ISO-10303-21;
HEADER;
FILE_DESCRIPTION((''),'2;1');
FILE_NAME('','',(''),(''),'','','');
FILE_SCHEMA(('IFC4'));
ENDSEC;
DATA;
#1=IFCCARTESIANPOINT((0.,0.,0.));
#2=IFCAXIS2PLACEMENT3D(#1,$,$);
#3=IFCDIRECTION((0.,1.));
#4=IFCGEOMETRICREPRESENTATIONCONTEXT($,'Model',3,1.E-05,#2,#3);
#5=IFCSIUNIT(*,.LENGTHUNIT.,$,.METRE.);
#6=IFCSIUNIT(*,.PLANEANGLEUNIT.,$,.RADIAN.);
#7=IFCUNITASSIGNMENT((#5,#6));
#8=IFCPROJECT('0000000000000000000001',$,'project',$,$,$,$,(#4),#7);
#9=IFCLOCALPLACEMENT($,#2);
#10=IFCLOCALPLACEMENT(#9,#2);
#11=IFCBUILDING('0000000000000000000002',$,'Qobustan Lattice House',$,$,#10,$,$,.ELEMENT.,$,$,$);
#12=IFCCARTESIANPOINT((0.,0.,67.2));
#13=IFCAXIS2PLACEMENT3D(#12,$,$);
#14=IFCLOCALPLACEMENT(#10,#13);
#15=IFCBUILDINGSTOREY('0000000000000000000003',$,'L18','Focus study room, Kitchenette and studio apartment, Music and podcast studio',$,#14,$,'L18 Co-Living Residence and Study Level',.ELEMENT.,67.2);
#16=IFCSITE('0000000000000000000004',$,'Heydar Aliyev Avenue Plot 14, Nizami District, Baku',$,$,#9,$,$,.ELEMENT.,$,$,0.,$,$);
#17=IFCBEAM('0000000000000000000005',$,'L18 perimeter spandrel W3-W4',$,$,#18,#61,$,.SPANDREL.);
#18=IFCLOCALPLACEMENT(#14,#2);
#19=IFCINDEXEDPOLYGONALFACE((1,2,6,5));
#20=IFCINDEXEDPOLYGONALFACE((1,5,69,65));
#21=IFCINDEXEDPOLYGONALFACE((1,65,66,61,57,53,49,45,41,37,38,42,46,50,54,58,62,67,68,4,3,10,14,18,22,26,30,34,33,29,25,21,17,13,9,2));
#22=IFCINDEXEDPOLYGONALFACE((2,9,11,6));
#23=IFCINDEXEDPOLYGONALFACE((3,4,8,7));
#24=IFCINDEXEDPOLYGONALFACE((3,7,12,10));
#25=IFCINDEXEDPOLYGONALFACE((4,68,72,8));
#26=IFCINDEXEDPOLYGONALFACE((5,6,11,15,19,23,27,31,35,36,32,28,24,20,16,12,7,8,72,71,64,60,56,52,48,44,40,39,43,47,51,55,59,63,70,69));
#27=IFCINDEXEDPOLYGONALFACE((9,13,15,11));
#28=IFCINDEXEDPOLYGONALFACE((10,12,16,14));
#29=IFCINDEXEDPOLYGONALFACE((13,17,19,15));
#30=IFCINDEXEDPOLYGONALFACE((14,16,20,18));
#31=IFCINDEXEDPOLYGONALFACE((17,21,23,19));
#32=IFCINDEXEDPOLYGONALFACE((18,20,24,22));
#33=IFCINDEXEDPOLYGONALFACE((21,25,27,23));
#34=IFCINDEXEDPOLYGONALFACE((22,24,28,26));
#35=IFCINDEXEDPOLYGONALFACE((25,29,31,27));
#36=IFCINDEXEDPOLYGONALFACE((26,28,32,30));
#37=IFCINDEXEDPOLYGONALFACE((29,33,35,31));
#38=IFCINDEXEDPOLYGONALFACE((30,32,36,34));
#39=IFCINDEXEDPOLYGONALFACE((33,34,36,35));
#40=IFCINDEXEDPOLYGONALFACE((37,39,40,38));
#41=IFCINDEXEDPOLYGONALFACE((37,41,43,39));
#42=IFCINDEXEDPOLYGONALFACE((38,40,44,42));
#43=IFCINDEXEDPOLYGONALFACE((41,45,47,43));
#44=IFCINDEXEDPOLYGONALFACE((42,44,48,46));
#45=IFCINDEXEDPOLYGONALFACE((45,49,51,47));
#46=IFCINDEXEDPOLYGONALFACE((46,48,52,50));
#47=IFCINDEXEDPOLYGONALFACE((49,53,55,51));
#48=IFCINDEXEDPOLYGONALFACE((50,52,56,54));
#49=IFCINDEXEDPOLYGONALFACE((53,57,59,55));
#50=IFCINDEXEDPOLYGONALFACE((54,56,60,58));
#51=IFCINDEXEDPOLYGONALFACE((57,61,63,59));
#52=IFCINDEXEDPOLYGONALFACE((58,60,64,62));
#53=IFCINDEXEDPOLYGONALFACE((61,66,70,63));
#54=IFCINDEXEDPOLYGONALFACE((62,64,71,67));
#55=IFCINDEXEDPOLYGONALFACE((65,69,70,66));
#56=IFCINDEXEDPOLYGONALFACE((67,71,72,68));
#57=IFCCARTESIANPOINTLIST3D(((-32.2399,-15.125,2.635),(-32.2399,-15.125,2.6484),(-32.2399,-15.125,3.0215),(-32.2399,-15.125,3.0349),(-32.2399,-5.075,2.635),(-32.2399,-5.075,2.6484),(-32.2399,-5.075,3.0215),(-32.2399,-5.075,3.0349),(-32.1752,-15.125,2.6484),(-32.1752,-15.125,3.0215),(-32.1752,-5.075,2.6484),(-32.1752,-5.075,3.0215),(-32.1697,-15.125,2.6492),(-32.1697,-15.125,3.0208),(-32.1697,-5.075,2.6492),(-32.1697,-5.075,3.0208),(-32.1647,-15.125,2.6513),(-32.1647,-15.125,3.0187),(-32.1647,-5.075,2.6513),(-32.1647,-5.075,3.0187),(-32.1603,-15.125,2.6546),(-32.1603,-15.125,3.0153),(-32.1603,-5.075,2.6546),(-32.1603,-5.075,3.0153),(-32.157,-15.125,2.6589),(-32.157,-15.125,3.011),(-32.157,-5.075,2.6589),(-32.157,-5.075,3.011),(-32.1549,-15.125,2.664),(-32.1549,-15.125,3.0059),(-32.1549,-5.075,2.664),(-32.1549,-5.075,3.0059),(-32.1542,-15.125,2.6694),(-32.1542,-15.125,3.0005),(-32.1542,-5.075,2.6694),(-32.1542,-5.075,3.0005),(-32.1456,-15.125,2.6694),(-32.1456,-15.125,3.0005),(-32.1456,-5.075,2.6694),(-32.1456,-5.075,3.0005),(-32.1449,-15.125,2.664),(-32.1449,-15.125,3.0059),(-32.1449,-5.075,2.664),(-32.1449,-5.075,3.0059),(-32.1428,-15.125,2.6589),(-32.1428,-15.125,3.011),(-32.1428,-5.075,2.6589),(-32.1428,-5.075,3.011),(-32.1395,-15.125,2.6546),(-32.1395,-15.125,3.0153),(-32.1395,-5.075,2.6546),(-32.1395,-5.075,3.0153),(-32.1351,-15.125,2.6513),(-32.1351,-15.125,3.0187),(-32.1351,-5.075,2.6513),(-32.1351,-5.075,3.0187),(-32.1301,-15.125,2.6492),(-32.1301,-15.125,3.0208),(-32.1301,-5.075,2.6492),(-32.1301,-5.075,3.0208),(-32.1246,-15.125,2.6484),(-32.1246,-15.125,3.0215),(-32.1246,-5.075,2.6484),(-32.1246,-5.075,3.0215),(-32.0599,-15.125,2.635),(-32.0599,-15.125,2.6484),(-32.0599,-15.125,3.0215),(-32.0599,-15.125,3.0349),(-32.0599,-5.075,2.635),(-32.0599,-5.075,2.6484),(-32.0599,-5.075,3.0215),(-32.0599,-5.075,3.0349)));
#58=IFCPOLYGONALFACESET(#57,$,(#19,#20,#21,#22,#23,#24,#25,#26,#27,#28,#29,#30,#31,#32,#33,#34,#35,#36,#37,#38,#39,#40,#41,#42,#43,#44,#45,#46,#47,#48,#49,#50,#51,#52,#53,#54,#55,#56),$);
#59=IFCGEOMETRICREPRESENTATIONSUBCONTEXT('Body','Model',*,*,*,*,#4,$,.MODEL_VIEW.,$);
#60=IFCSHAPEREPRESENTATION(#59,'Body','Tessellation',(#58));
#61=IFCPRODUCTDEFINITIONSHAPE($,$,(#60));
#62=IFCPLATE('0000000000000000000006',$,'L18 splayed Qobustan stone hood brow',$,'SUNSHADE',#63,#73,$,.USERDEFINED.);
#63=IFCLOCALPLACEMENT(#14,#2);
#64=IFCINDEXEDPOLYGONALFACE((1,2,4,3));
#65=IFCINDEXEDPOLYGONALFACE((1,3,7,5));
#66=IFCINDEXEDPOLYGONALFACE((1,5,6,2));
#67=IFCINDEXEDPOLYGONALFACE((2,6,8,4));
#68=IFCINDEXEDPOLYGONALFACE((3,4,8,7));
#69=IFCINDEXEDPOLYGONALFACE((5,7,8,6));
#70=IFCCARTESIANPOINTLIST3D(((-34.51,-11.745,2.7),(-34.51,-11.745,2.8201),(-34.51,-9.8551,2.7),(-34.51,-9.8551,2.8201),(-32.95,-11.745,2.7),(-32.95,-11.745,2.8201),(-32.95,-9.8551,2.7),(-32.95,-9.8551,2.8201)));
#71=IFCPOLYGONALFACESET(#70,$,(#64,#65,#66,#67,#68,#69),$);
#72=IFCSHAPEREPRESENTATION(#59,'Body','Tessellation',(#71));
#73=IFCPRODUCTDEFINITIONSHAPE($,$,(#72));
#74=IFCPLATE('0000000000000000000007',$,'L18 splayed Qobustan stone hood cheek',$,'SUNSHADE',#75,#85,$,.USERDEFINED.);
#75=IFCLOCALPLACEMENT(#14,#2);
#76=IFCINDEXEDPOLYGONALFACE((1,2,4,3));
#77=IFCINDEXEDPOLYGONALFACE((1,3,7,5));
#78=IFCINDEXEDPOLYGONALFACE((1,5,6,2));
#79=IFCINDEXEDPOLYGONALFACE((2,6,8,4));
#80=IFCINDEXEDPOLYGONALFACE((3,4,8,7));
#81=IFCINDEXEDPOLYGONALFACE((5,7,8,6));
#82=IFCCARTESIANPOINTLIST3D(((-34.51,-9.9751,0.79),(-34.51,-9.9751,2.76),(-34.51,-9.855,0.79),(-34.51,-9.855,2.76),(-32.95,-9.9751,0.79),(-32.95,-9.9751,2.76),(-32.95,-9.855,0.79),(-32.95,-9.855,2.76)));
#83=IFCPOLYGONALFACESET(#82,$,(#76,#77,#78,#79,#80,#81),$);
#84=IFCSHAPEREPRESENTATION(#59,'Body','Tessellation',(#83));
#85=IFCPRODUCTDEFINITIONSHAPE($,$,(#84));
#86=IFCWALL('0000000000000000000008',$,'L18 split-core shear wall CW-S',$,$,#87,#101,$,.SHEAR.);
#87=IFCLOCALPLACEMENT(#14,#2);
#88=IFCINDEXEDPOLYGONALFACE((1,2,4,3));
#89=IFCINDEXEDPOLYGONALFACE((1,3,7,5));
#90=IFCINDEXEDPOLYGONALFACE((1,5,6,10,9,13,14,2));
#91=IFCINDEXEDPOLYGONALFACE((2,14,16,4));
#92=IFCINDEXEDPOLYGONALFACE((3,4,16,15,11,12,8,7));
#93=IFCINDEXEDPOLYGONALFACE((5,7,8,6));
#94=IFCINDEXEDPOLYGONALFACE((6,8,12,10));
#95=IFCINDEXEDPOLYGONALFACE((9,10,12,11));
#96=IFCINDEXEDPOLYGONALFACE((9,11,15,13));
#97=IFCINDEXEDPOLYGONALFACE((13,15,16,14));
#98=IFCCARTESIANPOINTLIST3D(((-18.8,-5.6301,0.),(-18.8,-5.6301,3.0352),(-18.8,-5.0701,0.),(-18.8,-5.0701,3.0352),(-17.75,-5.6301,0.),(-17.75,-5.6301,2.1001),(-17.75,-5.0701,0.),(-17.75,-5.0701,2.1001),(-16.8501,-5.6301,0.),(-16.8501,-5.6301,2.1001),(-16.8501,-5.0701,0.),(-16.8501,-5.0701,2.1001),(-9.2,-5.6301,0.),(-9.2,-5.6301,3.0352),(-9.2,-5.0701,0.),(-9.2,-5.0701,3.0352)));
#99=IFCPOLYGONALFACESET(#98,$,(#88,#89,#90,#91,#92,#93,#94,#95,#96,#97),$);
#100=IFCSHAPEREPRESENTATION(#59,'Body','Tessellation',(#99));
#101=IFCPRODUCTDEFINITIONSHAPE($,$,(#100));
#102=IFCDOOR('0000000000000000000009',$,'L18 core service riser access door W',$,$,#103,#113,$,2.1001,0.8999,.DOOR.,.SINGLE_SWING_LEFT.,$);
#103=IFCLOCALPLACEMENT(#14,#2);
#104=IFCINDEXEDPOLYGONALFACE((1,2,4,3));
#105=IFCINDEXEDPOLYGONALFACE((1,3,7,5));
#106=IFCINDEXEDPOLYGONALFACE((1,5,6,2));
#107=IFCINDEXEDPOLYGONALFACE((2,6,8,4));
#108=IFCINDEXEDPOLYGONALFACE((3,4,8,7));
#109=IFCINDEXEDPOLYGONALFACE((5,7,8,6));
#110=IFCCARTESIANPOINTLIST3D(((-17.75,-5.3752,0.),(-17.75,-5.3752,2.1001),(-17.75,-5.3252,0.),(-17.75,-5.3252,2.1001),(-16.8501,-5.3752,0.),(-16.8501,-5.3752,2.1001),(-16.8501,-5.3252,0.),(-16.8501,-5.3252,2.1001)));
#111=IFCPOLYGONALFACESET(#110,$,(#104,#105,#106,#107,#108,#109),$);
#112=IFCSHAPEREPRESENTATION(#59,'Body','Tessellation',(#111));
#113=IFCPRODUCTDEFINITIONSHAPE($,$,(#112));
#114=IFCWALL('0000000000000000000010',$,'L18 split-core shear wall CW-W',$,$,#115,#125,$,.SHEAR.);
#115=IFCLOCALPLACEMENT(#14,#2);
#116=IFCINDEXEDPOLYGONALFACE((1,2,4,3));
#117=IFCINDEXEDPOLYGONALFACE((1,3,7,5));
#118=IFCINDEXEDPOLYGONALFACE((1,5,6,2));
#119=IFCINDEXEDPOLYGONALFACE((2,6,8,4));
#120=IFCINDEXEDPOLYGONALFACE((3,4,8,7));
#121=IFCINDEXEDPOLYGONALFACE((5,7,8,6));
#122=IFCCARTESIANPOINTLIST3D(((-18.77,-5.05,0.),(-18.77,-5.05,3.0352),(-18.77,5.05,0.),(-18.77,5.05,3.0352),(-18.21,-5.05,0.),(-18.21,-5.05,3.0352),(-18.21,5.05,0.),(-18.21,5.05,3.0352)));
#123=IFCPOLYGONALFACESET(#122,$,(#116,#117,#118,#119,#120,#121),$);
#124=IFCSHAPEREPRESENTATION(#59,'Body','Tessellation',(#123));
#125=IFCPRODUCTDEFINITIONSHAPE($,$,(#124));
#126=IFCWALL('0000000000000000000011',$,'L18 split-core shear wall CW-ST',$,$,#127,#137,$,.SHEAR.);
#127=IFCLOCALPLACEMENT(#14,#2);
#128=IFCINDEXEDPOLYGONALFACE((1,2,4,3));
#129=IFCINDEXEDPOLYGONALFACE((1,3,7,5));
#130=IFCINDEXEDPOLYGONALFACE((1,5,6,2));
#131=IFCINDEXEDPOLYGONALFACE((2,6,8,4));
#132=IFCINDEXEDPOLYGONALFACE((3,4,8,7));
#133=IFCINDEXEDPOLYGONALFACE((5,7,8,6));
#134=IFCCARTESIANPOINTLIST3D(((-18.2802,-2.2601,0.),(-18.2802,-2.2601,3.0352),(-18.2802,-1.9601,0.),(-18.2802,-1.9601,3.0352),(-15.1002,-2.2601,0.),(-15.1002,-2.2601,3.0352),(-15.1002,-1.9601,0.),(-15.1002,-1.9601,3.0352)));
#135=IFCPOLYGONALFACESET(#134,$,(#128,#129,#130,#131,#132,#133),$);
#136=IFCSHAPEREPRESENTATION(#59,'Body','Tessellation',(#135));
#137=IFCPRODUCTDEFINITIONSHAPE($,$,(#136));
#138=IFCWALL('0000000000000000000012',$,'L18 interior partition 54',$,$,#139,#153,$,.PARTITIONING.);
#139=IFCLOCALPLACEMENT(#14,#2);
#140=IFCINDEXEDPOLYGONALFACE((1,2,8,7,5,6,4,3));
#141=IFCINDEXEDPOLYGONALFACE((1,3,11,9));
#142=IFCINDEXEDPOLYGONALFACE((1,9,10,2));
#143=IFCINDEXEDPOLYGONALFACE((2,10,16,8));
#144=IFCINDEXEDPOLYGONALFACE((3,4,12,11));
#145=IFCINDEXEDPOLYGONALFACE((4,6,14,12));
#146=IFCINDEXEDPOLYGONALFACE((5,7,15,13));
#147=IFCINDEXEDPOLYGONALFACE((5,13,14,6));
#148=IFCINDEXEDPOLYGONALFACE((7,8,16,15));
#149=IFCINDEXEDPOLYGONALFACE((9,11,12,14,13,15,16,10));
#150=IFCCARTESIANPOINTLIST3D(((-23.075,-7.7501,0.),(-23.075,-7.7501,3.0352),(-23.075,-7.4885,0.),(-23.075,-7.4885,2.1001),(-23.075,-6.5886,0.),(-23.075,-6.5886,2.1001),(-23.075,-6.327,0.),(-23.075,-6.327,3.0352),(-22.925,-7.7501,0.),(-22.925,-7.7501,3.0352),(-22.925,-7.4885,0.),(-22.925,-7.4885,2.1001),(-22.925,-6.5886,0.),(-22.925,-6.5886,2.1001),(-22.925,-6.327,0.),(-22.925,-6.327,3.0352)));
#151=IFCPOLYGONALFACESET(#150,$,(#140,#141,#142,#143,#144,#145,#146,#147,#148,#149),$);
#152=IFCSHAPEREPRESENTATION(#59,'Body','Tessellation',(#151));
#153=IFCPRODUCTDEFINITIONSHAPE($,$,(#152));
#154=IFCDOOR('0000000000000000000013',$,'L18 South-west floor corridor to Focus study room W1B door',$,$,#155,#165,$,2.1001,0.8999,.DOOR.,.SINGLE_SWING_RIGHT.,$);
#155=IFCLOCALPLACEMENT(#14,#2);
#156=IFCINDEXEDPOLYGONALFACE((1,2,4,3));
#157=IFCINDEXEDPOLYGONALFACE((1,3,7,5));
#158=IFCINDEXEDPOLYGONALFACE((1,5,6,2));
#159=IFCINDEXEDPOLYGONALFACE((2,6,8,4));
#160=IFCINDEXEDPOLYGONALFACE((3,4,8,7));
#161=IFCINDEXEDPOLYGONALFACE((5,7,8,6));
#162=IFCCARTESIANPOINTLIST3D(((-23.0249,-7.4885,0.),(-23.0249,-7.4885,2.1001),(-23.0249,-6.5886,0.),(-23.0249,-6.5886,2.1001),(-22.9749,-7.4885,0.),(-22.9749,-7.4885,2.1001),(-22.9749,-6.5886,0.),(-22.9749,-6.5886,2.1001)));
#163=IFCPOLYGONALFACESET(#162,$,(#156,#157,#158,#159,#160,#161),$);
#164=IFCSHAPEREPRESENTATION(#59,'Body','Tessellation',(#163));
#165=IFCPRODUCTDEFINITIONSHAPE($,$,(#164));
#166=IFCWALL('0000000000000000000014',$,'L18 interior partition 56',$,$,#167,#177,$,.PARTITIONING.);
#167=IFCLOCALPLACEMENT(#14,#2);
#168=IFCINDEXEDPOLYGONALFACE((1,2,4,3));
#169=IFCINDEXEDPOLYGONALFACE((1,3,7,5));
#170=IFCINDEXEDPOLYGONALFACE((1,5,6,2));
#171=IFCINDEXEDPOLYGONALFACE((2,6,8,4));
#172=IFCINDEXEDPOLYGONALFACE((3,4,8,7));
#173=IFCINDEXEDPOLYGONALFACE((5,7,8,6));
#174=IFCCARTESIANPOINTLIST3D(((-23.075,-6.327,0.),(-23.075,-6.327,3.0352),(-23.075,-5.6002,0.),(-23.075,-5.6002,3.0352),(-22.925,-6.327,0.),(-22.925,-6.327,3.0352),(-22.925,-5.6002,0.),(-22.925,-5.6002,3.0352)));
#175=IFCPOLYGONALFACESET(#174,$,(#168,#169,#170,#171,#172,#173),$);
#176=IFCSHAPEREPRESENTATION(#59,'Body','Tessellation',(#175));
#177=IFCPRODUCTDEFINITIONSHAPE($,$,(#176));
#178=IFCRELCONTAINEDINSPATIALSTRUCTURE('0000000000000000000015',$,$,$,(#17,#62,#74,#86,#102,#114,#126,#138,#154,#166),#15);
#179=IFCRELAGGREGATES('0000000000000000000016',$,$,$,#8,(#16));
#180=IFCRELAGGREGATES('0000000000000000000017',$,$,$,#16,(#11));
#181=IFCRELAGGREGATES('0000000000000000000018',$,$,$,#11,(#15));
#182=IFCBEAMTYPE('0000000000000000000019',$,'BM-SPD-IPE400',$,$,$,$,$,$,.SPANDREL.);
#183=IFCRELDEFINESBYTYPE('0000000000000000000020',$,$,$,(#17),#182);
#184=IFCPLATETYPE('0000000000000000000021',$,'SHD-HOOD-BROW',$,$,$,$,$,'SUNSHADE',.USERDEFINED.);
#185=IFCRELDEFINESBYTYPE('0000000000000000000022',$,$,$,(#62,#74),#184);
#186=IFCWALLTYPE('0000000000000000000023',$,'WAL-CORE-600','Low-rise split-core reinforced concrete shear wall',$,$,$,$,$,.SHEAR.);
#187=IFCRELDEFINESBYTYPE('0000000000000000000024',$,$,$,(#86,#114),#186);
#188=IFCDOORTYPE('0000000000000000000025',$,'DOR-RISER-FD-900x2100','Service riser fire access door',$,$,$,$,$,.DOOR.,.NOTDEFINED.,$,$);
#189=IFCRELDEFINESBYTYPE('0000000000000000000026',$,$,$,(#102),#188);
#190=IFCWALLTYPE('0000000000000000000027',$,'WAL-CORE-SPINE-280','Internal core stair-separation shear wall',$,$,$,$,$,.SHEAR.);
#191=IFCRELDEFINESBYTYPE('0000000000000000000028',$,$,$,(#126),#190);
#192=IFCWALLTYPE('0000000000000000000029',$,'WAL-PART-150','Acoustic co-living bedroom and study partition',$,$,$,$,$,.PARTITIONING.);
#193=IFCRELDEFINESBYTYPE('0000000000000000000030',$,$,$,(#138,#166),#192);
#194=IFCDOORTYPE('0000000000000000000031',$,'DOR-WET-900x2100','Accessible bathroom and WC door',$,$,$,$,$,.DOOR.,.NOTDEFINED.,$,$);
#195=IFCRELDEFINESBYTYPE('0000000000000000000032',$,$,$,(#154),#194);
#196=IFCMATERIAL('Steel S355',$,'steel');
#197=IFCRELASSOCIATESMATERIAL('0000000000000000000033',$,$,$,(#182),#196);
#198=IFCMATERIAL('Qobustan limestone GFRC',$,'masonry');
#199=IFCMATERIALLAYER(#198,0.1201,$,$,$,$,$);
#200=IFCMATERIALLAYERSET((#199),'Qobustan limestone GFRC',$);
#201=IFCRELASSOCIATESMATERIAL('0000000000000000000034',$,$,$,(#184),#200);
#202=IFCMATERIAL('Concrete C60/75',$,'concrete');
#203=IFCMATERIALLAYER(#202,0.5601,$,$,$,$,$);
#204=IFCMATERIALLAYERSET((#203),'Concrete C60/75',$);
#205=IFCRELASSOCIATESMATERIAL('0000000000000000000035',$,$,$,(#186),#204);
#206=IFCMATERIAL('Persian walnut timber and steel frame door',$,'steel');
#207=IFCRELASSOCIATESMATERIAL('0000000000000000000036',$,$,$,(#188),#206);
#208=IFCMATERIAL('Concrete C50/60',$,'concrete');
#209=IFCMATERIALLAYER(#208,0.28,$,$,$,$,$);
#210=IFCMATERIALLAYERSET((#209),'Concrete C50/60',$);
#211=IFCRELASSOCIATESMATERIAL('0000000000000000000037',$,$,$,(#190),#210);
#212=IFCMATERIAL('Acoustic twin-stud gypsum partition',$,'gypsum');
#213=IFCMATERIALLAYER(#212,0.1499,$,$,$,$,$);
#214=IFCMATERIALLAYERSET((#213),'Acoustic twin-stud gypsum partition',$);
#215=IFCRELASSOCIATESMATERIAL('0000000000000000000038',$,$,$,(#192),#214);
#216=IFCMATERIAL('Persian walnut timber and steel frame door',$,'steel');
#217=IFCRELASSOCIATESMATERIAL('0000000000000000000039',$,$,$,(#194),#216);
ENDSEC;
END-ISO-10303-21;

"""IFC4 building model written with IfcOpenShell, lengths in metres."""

from ifc_helpers import new_model, si_unit, direction, frame, frame_2d, origin, origin_2d, place, context, subcontext, project, spatial, rectangle, i_section, extrude, material, layer, layer_set, material_profile, profile_set, type_object, element, fill, save


model = new_model("IFC4")

# Units and contexts
model_context = context("Model", 3, precision=1e-05, world=origin(), true_north=direction((0.0, 1.0)))
body_context = subcontext(model_context, "Body", "Model", "MODEL_VIEW")
ifc_project = project(units=[si_unit("LENGTHUNIT", "METRE"), si_unit("PLANEANGLEUNIT", "RADIAN")], contexts=[model_context])

# Site, building, storey
site_placement = place(None, origin())
site = spatial("IfcSite", under=ifc_project, at=site_placement, Name="Heydar Aliyev Avenue Plot 14, Nizami District, Baku", CompositionType="ELEMENT", RefElevation=0.0)
building_placement = place(site_placement, origin())
building = spatial("IfcBuilding", under=site, at=building_placement, Name="Qobustan Lattice House", CompositionType="ELEMENT")
storey_placement = place(building_placement, frame((0.0, 0.0, 67.2)))
storey = spatial("IfcBuildingStorey", under=building, at=storey_placement, Name="L18", Description="Focus study room, Kitchenette and studio apartment, Music and podcast studio", LongName="L18 Co-Living Residence and Study Level", CompositionType="ELEMENT", Elevation=67.2)

# Beam
ifc_material_1 = material(Name="Steel S355", Category="steel")
ifc_material_profile_1 = material_profile(ifc_material_1, i_section(OverallWidth=0.1799, OverallDepth=0.3999, WebThickness=0.0085, FlangeThickness=0.0134, FilletRadius=0.021, at=origin_2d()), Name="IPE400")
ifc_profile_set_1 = profile_set([ifc_material_profile_1], Name="Steel S355")
beam_type_1 = type_object("IfcBeamType", Name="BM-SPD-IPE400", PredefinedType="SPANDREL", material=ifc_profile_set_1)
beam_1_placement = place(storey_placement, frame((-32.1499, -5.075, 2.835), z_axis=(0.0, -1.0, 0.0), x_axis=(1.0, 0.0, 0.0)))
element("IfcBeam", 1, at=beam_1_placement, inside=storey, type_object=beam_type_1, Name="L18 perimeter spandrel W3-W4", PredefinedType="SPANDREL", context=body_context, shape_type="SweptSolid", body=[
    extrude(i_section(OverallWidth=0.1799, OverallDepth=0.3999, WebThickness=0.0085, FlangeThickness=0.0134, FilletRadius=0.021, at=origin_2d()), origin(), (0.0, 0.0, 1.0), 10.05),
])

# Plates
ifc_material_2 = material(Name="Qobustan limestone GFRC", Category="masonry")
ifc_layer_1 = layer(ifc_material_2, 0.1201)
ifc_layer_set_1 = layer_set([ifc_layer_1], Name="Qobustan limestone GFRC")
plate_type = type_object("IfcPlateType", Name="SHD-HOOD-BROW", ElementType="SUNSHADE", PredefinedType="USERDEFINED", material=ifc_layer_set_1)
plate_1_placement = place(storey_placement, frame((-33.73, -10.8, 2.7), z_axis=(0.0, 0.0, 1.0), x_axis=(0.0, 1.0, 0.0)))
element("IfcPlate", 2, at=plate_1_placement, inside=storey, type_object=plate_type, Name="L18 splayed Qobustan stone hood brow", ObjectType="SUNSHADE", PredefinedType="USERDEFINED", context=body_context, shape_type="SweptSolid", body=[
    extrude(rectangle(XDim=1.8899, YDim=1.5601, at=origin_2d()), origin(), (0.0, 0.0, 1.0), 0.1201),
])
plate_2_placement = place(storey_placement, frame((-33.73, -9.915, 0.79), z_axis=(0.0, 0.0, 1.0), x_axis=(0.0, 1.0, 0.0)))
element("IfcPlate", 3, at=plate_2_placement, inside=storey, type_object=plate_type, Name="L18 splayed Qobustan stone hood cheek", ObjectType="SUNSHADE", PredefinedType="USERDEFINED", context=body_context, shape_type="SweptSolid", body=[
    extrude(rectangle(XDim=0.1201, YDim=1.5601, at=origin_2d()), origin(), (0.0, 0.0, 1.0), 1.97),
])

# Wall, opening, door
ifc_material_3 = material(Name="Concrete C60/75", Category="concrete")
ifc_layer_2 = layer(ifc_material_3, 0.5601)
ifc_layer_set_2 = layer_set([ifc_layer_2], Name="Concrete C60/75")
wall_type_1 = type_object("IfcWallType", Name="WAL-CORE-600", Description="Low-rise split-core reinforced concrete shear wall", PredefinedType="SHEAR", material=ifc_layer_set_2)
wall_1_placement = place(storey_placement, frame((-18.8, -5.3501, 0.0), z_axis=(0.0, 0.0, 1.0), x_axis=(1.0, 0.0, 0.0)))
wall_1 = element("IfcWall", 4, at=wall_1_placement, inside=storey, type_object=wall_type_1, Name="L18 split-core shear wall CW-S", PredefinedType="SHEAR", context=body_context, shape_type="SweptSolid", body=[
    extrude(rectangle(XDim=9.6001, YDim=0.5601, at=frame_2d((4.8, 0.0))), origin(), (0.0, 0.0, 1.0), 3.0352),
])
opening_1_placement = place(wall_1_placement, frame((1.05, 0.0, 0.0)))
opening_1 = element("IfcOpeningElement", 5, at=opening_1_placement, cuts=wall_1, PredefinedType="OPENING", context=body_context, shape_type="SweptSolid", body=[
    extrude(rectangle(XDim=0.8999, YDim=2.1001, at=frame_2d((0.45, 1.05))), frame((0.0, 0.29, 0.0), z_axis=(0.0, -1.0, 0.0), x_axis=(1.0, 0.0, 0.0)), (0.0, 0.0, 1.0), 0.5801),
])
ifc_material_4 = material(Name="Persian walnut timber and steel frame door", Category="steel")
door_type_1 = type_object("IfcDoorType", Name="DOR-RISER-FD-900x2100", Description="Service riser fire access door", OperationType="NOTDEFINED", PredefinedType="DOOR", material=ifc_material_4)
door_1_placement = place(opening_1_placement, origin())
door_1 = element("IfcDoor", 6, at=door_1_placement, inside=storey, type_object=door_type_1, Name="L18 core service riser access door W", OperationType="SINGLE_SWING_LEFT", OverallHeight=2.1001, OverallWidth=0.8999, PredefinedType="DOOR", context=body_context, shape_type="SweptSolid", body=[
    extrude(rectangle(XDim=0.8999, YDim=2.1001, at=frame_2d((0.45, 1.05))), frame((0.0, 0.0249, 0.0), z_axis=(0.0, -1.0, 0.0), x_axis=(1.0, 0.0, 0.0)), (0.0, 0.0, 1.0), 0.05),
])
fill(opening_1, door_1)

# Walls
wall_2_placement = place(storey_placement, frame((-18.49, -5.05, 0.0), z_axis=(0.0, 0.0, 1.0), x_axis=(0.0, 1.0, 0.0)))
element("IfcWall", 7, at=wall_2_placement, inside=storey, type_object=wall_type_1, Name="L18 split-core shear wall CW-W", PredefinedType="SHEAR", context=body_context, shape_type="SweptSolid", body=[
    extrude(rectangle(XDim=10.1001, YDim=0.5601, at=frame_2d((5.05, 0.0))), origin(), (0.0, 0.0, 1.0), 3.0352),
])
ifc_material_5 = material(Name="Concrete C50/60", Category="concrete")
ifc_layer_3 = layer(ifc_material_5, 0.28)
ifc_layer_set_3 = layer_set([ifc_layer_3], Name="Concrete C50/60")
wall_type_2 = type_object("IfcWallType", Name="WAL-CORE-SPINE-280", Description="Internal core stair-separation shear wall", PredefinedType="SHEAR", material=ifc_layer_set_3)
wall_3_placement = place(storey_placement, frame((-18.28, -2.1101, 0.0), z_axis=(0.0, 0.0, 1.0), x_axis=(1.0, 0.0, 0.0)))
element("IfcWall", 8, at=wall_3_placement, inside=storey, type_object=wall_type_2, Name="L18 split-core shear wall CW-ST", PredefinedType="SHEAR", context=body_context, shape_type="SweptSolid", body=[
    extrude(rectangle(XDim=3.1799, YDim=0.3, at=frame_2d((1.5898, 0.0))), origin(), (0.0, 0.0, 1.0), 3.0352),
])

# Wall, opening, door
ifc_material_6 = material(Name="Acoustic twin-stud gypsum partition", Category="gypsum")
ifc_layer_4 = layer(ifc_material_6, 0.1499)
ifc_layer_set_4 = layer_set([ifc_layer_4], Name="Acoustic twin-stud gypsum partition")
wall_type_3 = type_object("IfcWallType", Name="WAL-PART-150", Description="Acoustic co-living bedroom and study partition", PredefinedType="PARTITIONING", material=ifc_layer_set_4)
wall_4_placement = place(storey_placement, frame((-23.0, -7.75, 0.0), z_axis=(0.0, 0.0, 1.0), x_axis=(0.0, 1.0, 0.0)))
wall_4 = element("IfcWall", 9, at=wall_4_placement, inside=storey, type_object=wall_type_3, Name="L18 interior partition 54", PredefinedType="PARTITIONING", context=body_context, shape_type="SweptSolid", body=[
    extrude(rectangle(XDim=1.4231, YDim=0.1499, at=frame_2d((0.7114, 0.0))), origin(), (0.0, 0.0, 1.0), 3.0352),
])
opening_2_placement = place(wall_4_placement, frame((0.2615, 0.0, 0.0)))
opening_2 = element("IfcOpeningElement", 10, at=opening_2_placement, cuts=wall_4, PredefinedType="OPENING", context=body_context, shape_type="SweptSolid", body=[
    extrude(rectangle(XDim=0.8999, YDim=2.1001, at=frame_2d((0.45, 1.05))), frame((0.0, 0.085, 0.0), z_axis=(0.0, -1.0, 0.0), x_axis=(1.0, 0.0, 0.0)), (0.0, 0.0, 1.0), 0.1699),
])
ifc_material_7 = material(Name="Persian walnut timber and steel frame door", Category="steel")
door_type_2 = type_object("IfcDoorType", Name="DOR-WET-900x2100", Description="Accessible bathroom and WC door", OperationType="NOTDEFINED", PredefinedType="DOOR", material=ifc_material_7)
door_2_placement = place(opening_2_placement, origin())
door_2 = element("IfcDoor", 11, at=door_2_placement, inside=storey, type_object=door_type_2, Name="L18 South-west floor corridor to Focus study room W1B door", OperationType="SINGLE_SWING_RIGHT", OverallHeight=2.1001, OverallWidth=0.8999, PredefinedType="DOOR", context=body_context, shape_type="SweptSolid", body=[
    extrude(rectangle(XDim=0.8999, YDim=2.1001, at=frame_2d((0.45, 1.05))), frame((0.0, 0.0249, 0.0), z_axis=(0.0, -1.0, 0.0), x_axis=(1.0, 0.0, 0.0)), (0.0, 0.0, 1.0), 0.05),
])
fill(opening_2, door_2)

# Wall
wall_5_placement = place(storey_placement, frame((-23.0, -6.3269, 0.0), z_axis=(0.0, 0.0, 1.0), x_axis=(0.0, 1.0, 0.0)))
element("IfcWall", 12, at=wall_5_placement, inside=storey, type_object=wall_type_3, Name="L18 interior partition 56", PredefinedType="PARTITIONING", context=body_context, shape_type="SweptSolid", body=[
    extrude(rectangle(XDim=0.7268, YDim=0.1499, at=frame_2d((0.3633, 0.0))), origin(), (0.0, 0.0, 1.0), 3.0352),
])

save(model, "model.ifc")
